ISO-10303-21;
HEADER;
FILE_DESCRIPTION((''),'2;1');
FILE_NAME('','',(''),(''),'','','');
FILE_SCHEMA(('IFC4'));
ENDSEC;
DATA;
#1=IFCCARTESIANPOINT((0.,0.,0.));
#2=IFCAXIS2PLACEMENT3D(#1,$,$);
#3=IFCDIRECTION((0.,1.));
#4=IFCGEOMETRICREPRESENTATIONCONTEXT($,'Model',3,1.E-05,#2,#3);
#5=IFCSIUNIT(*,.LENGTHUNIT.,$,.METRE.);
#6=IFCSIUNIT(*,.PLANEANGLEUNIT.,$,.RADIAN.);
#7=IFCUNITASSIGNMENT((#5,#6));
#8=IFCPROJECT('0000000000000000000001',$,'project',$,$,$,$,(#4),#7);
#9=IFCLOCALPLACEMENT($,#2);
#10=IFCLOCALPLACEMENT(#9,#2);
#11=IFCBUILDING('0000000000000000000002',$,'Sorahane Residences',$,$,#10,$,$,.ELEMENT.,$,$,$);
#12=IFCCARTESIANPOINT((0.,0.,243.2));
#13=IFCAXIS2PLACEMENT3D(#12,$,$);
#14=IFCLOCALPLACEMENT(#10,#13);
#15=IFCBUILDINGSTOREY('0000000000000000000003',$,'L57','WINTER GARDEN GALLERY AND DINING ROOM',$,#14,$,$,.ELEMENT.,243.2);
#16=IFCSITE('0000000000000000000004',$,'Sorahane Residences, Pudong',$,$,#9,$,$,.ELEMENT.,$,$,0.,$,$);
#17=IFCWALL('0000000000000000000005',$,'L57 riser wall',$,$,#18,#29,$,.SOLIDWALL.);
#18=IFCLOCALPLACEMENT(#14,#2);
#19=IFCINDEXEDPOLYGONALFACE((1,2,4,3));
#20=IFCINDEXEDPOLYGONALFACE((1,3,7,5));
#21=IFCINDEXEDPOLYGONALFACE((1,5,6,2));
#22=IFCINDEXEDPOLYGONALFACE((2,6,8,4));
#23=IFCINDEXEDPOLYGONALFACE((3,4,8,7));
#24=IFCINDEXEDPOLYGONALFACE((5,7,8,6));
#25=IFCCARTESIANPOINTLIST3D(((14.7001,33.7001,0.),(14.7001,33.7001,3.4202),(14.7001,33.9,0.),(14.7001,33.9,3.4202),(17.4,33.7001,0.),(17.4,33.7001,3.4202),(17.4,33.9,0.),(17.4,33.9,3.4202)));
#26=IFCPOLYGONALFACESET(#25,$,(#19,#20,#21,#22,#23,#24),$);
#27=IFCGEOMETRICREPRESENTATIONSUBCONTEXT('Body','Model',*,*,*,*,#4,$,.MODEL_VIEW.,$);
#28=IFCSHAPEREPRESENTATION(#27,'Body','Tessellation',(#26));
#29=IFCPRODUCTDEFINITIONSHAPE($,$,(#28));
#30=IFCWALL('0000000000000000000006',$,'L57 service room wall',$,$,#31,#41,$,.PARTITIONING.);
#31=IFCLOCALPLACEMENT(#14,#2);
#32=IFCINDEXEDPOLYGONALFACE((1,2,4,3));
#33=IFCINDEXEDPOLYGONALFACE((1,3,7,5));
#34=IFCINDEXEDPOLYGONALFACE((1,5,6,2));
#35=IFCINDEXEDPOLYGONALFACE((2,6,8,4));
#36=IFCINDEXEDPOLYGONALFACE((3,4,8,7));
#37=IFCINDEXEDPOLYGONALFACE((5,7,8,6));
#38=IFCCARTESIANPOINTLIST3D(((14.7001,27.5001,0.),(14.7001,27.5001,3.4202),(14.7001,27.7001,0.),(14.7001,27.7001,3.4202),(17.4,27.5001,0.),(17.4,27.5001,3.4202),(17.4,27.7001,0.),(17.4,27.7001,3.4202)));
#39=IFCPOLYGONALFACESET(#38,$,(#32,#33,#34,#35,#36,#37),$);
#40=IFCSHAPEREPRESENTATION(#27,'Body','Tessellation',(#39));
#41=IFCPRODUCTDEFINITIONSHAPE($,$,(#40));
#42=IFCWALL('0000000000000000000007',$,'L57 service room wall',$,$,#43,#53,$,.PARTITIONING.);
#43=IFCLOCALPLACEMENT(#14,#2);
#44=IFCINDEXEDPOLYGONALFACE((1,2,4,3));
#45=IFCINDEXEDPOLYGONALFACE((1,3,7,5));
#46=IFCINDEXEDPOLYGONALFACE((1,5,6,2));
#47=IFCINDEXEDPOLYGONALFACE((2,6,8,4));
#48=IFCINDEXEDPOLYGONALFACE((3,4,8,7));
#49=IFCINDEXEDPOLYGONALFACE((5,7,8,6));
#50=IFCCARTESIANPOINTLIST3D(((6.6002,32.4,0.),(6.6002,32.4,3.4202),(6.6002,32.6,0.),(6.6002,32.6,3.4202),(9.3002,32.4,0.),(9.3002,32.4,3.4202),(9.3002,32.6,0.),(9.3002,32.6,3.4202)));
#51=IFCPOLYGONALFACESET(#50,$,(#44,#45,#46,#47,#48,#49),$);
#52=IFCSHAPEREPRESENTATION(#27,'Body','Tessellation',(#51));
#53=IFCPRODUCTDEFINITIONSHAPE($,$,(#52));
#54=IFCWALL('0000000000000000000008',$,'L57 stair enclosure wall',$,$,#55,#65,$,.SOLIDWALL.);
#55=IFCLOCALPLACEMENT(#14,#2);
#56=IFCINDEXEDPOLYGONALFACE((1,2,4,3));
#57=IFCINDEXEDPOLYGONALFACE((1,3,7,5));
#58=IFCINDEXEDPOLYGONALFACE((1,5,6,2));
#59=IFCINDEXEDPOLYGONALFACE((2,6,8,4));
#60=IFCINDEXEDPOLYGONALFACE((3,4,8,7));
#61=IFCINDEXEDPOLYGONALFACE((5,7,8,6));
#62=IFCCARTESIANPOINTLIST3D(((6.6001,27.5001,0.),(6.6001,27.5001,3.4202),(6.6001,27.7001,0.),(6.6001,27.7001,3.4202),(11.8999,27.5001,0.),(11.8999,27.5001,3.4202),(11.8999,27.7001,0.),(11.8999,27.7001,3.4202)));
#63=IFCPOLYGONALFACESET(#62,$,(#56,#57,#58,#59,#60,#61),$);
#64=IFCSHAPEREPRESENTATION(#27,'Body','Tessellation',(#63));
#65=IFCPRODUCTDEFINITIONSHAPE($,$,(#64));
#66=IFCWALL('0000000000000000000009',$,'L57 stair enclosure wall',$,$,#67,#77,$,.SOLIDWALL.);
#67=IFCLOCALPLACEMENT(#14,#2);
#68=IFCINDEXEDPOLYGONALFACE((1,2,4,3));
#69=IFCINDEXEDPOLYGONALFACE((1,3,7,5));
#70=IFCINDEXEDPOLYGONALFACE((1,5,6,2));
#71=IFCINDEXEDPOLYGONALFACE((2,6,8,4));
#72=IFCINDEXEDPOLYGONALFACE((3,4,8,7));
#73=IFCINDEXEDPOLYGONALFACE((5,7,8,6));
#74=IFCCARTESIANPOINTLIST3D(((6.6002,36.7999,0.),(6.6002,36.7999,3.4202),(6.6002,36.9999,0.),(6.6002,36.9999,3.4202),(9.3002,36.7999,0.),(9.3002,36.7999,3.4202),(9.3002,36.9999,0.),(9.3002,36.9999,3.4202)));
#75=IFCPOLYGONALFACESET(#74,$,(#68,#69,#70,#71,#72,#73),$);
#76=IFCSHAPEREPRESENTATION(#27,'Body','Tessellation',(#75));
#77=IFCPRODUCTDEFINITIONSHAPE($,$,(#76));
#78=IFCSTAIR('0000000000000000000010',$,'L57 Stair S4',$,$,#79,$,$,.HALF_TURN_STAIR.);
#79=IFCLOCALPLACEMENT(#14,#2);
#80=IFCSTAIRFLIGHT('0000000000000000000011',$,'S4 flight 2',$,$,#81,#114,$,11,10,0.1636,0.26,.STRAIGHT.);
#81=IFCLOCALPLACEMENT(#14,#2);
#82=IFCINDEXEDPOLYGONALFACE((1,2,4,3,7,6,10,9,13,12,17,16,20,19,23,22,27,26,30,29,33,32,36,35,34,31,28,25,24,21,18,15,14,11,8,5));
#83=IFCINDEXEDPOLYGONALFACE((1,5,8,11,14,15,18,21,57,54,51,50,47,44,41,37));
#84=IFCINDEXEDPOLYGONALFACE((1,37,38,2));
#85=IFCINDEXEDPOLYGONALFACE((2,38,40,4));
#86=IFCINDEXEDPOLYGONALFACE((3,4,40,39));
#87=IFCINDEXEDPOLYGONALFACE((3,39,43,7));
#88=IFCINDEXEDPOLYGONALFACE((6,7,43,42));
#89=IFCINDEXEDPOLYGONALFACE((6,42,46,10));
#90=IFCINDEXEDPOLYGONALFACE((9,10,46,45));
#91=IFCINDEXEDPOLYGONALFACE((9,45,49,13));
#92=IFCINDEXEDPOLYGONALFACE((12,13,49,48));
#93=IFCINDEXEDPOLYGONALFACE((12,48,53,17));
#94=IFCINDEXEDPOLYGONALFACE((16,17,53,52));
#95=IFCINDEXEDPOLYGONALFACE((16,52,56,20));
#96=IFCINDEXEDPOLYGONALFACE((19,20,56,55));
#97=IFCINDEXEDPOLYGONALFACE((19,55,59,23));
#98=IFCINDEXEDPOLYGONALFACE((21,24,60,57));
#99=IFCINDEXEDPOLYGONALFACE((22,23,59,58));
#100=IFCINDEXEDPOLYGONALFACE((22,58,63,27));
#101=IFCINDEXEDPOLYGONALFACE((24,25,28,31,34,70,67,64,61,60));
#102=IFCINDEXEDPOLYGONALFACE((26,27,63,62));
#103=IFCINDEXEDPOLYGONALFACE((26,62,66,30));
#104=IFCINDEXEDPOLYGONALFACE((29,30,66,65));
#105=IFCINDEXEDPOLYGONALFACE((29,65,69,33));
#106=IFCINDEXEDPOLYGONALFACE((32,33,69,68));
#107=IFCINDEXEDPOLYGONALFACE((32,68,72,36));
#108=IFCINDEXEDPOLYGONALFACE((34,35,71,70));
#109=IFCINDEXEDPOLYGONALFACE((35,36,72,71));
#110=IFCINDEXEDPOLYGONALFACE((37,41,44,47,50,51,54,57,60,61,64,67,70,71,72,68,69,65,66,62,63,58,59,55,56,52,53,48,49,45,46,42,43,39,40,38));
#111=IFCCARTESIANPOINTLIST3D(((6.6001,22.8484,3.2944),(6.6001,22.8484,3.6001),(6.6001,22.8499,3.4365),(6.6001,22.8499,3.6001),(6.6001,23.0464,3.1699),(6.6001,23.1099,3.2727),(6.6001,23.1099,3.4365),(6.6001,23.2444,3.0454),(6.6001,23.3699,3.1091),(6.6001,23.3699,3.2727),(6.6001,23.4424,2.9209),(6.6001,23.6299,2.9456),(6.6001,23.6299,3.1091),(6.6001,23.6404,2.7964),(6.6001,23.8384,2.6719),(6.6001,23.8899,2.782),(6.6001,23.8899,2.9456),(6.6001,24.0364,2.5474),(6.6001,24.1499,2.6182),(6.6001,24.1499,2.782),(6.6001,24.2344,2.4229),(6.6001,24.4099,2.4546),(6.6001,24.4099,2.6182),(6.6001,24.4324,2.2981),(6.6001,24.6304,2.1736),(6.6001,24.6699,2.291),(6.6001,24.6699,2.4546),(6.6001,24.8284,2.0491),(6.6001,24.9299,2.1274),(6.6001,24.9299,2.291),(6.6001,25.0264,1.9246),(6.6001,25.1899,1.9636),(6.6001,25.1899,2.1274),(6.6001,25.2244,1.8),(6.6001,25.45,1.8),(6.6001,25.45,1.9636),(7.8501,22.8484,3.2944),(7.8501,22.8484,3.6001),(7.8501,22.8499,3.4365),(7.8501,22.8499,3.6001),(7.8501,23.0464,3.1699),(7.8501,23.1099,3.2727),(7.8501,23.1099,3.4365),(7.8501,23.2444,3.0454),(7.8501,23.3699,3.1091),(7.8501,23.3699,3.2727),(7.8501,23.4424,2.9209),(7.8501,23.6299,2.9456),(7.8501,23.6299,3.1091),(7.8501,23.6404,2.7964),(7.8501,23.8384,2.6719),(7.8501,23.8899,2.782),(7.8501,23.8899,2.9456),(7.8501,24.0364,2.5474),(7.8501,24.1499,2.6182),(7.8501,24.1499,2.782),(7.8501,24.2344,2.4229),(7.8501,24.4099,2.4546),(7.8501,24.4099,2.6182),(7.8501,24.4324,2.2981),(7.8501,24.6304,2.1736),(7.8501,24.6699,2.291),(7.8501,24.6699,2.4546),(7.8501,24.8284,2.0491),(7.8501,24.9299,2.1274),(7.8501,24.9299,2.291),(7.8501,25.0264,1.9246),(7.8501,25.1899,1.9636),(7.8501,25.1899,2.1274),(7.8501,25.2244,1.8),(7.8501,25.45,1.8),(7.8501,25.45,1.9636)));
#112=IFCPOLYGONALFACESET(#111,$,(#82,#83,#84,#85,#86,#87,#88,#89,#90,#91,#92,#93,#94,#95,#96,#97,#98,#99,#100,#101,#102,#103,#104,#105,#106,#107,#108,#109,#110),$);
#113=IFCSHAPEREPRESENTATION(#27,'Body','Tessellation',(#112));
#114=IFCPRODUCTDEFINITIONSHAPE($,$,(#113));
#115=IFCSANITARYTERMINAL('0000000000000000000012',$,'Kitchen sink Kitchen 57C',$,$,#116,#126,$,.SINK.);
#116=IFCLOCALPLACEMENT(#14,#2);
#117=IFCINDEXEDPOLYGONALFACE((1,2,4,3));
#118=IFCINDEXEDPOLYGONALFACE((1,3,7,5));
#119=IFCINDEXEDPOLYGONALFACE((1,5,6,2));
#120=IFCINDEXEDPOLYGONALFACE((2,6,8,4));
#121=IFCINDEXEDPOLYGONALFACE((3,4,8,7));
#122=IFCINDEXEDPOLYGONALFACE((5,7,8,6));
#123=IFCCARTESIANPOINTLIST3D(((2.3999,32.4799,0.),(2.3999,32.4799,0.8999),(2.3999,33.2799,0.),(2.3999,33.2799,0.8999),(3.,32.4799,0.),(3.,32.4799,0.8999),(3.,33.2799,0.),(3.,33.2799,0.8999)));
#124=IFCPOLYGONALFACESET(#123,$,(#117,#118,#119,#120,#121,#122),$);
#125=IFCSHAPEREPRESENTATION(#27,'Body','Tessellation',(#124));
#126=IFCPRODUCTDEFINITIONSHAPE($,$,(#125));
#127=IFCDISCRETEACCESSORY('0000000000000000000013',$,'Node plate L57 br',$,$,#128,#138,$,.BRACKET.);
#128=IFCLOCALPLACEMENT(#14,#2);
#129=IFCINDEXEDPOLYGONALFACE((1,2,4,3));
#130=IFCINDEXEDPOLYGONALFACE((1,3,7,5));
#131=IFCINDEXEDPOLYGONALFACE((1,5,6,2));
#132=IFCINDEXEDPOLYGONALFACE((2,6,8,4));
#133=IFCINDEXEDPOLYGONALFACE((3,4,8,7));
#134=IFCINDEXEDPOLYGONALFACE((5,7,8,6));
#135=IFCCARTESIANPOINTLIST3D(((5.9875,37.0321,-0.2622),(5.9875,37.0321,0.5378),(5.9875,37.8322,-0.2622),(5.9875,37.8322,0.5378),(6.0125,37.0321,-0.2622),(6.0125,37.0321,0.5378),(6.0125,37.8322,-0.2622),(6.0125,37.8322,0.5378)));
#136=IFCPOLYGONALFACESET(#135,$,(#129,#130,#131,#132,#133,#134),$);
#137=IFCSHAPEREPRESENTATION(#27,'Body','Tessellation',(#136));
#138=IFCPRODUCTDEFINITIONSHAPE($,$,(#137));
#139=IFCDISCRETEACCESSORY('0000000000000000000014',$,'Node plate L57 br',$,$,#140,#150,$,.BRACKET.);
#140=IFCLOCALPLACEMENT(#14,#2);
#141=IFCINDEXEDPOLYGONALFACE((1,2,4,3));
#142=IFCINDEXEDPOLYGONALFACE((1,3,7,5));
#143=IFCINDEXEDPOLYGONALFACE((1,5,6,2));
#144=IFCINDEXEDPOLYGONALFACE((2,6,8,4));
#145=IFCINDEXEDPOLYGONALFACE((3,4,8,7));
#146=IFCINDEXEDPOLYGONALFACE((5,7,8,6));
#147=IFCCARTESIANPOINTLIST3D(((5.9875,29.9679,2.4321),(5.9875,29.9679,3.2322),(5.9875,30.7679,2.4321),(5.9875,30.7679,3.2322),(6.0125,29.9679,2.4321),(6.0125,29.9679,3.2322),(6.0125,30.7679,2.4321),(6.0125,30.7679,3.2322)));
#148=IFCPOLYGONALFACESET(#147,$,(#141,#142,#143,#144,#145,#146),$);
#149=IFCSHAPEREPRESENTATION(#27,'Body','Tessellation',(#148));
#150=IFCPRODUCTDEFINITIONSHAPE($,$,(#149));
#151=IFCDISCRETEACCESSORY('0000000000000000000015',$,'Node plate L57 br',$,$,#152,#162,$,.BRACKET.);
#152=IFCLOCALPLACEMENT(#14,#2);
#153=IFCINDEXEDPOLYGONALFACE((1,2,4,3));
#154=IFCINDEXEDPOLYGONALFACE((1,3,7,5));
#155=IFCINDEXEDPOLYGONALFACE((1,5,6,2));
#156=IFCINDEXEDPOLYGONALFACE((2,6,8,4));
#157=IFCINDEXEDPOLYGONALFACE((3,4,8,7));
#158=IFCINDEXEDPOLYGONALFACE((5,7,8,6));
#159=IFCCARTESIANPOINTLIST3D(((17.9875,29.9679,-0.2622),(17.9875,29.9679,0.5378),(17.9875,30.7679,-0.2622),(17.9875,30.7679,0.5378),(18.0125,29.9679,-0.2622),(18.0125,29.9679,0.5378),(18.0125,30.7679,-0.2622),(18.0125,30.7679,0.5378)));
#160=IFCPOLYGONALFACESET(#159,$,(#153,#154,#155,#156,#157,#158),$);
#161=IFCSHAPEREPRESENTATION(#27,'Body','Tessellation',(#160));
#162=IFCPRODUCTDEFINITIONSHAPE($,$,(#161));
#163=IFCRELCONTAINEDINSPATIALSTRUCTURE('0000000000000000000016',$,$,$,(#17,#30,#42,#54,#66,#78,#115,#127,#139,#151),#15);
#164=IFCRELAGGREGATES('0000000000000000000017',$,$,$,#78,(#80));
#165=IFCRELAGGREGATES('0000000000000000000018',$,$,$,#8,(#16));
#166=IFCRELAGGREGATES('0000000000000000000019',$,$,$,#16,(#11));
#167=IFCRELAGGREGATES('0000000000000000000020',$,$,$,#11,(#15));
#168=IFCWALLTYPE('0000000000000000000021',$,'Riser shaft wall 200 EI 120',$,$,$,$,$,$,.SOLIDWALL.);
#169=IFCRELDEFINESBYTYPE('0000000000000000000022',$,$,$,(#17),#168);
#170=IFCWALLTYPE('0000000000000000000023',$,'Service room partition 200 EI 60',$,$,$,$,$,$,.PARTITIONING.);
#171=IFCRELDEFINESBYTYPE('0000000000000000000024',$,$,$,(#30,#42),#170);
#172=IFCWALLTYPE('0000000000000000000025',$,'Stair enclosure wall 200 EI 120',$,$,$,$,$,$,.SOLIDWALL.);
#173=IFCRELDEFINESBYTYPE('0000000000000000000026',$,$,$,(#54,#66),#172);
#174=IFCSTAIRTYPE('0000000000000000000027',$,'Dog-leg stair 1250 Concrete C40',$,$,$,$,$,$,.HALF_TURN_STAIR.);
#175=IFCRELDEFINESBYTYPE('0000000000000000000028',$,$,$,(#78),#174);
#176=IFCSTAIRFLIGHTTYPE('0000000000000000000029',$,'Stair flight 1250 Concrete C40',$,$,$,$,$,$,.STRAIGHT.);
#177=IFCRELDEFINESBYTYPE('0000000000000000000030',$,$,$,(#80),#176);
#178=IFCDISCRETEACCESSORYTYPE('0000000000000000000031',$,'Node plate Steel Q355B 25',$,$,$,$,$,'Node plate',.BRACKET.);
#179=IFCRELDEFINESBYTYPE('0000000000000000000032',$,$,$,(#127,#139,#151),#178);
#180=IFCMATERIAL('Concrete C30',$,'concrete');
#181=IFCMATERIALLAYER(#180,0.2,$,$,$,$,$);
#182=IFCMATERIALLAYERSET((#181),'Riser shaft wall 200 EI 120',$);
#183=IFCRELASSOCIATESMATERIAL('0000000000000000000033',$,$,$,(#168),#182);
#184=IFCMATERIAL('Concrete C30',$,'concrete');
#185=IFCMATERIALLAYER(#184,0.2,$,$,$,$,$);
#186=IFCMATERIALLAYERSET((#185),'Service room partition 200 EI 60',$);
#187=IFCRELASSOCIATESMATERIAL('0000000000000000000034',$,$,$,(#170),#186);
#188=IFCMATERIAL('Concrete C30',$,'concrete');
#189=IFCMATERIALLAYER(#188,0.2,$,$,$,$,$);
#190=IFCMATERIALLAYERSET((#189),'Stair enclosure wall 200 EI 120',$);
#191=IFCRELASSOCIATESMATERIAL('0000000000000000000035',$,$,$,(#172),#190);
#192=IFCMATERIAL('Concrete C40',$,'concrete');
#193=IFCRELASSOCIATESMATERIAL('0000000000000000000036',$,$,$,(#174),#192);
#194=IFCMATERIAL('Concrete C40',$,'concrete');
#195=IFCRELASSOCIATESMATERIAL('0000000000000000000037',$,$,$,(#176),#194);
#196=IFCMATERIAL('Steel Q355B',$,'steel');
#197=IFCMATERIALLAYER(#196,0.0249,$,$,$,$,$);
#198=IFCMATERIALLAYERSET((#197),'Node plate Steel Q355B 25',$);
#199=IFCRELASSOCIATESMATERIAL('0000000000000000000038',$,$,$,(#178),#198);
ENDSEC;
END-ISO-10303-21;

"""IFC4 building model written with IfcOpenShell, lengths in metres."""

from ifc_helpers import new_model, si_unit, direction, frame, frame_2d, origin, origin_2d, place, context, subcontext, project, spatial, polyline, rectangle, outline, extrude, material, layer, layer_set, type_object, element, aggregate, save


model = new_model("IFC4")

# Units and contexts
model_context = context("Model", 3, precision=1e-05, world=origin(), true_north=direction((0.0, 1.0)))
body_context = subcontext(model_context, "Body", "Model", "MODEL_VIEW")
ifc_project = project(units=[si_unit("LENGTHUNIT", "METRE"), si_unit("PLANEANGLEUNIT", "RADIAN")], contexts=[model_context])

# Site, building, storey
site_placement = place(None, origin())
site = spatial("IfcSite", under=ifc_project, at=site_placement, Name="Sorahane Residences, Pudong", CompositionType="ELEMENT", RefElevation=0.0)
building_placement = place(site_placement, origin())
building = spatial("IfcBuilding", under=site, at=building_placement, Name="Sorahane Residences", CompositionType="ELEMENT")
storey_placement = place(building_placement, frame((0.0, 0.0, 243.2)))
storey = spatial("IfcBuildingStorey", under=building, at=storey_placement, Name="L57", Description="WINTER GARDEN GALLERY AND DINING ROOM", CompositionType="ELEMENT", Elevation=243.2)

# Walls
ifc_material_1 = material(Name="Concrete C30", Category="concrete")
ifc_layer_1 = layer(ifc_material_1, 0.2)
ifc_layer_set_1 = layer_set([ifc_layer_1], Name="Riser shaft wall 200 EI 120")
wall_type_1 = type_object("IfcWallType", Name="Riser shaft wall 200 EI 120", PredefinedType="SOLIDWALL", material=ifc_layer_set_1)
wall_1_placement = place(storey_placement, frame((14.7, 33.8, 0.0), z_axis=(0.0, 0.0, 1.0), x_axis=(1.0, 0.0, 0.0)))
element("IfcWall", 1, at=wall_1_placement, inside=storey, type_object=wall_type_1, Name="L57 riser wall", PredefinedType="SOLIDWALL", context=body_context, shape_type="SweptSolid", body=[
    extrude(rectangle(XDim=2.7, YDim=0.2, at=frame_2d((1.3501, 0.0))), origin(), (0.0, 0.0, 1.0), 3.4202),
])
ifc_material_2 = material(Name="Concrete C30", Category="concrete")
ifc_layer_2 = layer(ifc_material_2, 0.2)
ifc_layer_set_2 = layer_set([ifc_layer_2], Name="Service room partition 200 EI 60")
wall_type_2 = type_object("IfcWallType", Name="Service room partition 200 EI 60", PredefinedType="PARTITIONING", material=ifc_layer_set_2)
for number, where, z_axis, x_axis, name in (
    (2, (14.7, 27.6001, 0.0), (0.0, 0.0, 1.0), (1.0, 0.0, 0.0), "L57 service room wall"),
    (3, (6.6001, 32.5, 0.0), (0.0, 0.0, 1.0), (1.0, 0.0, 0.0), "L57 service room wall"),
):
    element("IfcWall", number, at=place(storey_placement, frame(where, z_axis=z_axis, x_axis=x_axis)), inside=storey, type_object=wall_type_2, Name=name, PredefinedType="PARTITIONING", context=body_context, shape_type="SweptSolid", body=[
        extrude(rectangle(XDim=2.7, YDim=0.2, at=frame_2d((1.3501, 0.0))), origin(), (0.0, 0.0, 1.0), 3.4202),
    ])
ifc_material_3 = material(Name="Concrete C30", Category="concrete")
ifc_layer_3 = layer(ifc_material_3, 0.2)
ifc_layer_set_3 = layer_set([ifc_layer_3], Name="Stair enclosure wall 200 EI 120")
wall_type_3 = type_object("IfcWallType", Name="Stair enclosure wall 200 EI 120", PredefinedType="SOLIDWALL", material=ifc_layer_set_3)
wall_2_placement = place(storey_placement, frame((6.6001, 27.6001, 0.0), z_axis=(0.0, 0.0, 1.0), x_axis=(1.0, 0.0, 0.0)))
element("IfcWall", 4, at=wall_2_placement, inside=storey, type_object=wall_type_3, Name="L57 stair enclosure wall", PredefinedType="SOLIDWALL", context=body_context, shape_type="SweptSolid", body=[
    extrude(rectangle(XDim=5.2998, YDim=0.2, at=frame_2d((2.6499, 0.0))), origin(), (0.0, 0.0, 1.0), 3.4202),
])
wall_3_placement = place(storey_placement, frame((6.6001, 36.8999, 0.0), z_axis=(0.0, 0.0, 1.0), x_axis=(1.0, 0.0, 0.0)))
element("IfcWall", 5, at=wall_3_placement, inside=storey, type_object=wall_type_3, Name="L57 stair enclosure wall", PredefinedType="SOLIDWALL", context=body_context, shape_type="SweptSolid", body=[
    extrude(rectangle(XDim=2.7, YDim=0.2, at=frame_2d((1.3501, 0.0))), origin(), (0.0, 0.0, 1.0), 3.4202),
])

# Stair, stair flight
ifc_material_4 = material(Name="Concrete C40", Category="concrete")
stair_type = type_object("IfcStairType", Name="Dog-leg stair 1250 Concrete C40", PredefinedType="HALF_TURN_STAIR", material=ifc_material_4)
stair_placement = place(storey_placement, origin())
stair = element("IfcStair", 6, at=stair_placement, inside=storey, type_object=stair_type, Name="L57 Stair S4", PredefinedType="HALF_TURN_STAIR")
ifc_material_5 = material(Name="Concrete C40", Category="concrete")
stair_flight_type = type_object("IfcStairFlightType", Name="Stair flight 1250 Concrete C40", PredefinedType="STRAIGHT", material=ifc_material_5)
stair_flight_placement = place(storey_placement, frame((7.2251, 25.45, 1.8), z_axis=(0.0, 0.0, 1.0), x_axis=(0.0, -1.0, 0.0)))
stair_flight = element("IfcStairFlight", 7, at=stair_flight_placement, type_object=stair_flight_type, Name="S4 flight 2", NumberOfRisers=11, NumberOfTreads=10, PredefinedType="STRAIGHT", RiserHeight=0.1636, TreadLength=0.26, context=body_context, shape_type="SweptSolid", body=[
    extrude(outline(polyline([(0.0, 0.0), (0.0, 0.1636), (0.26, 0.1636), (0.26, 0.3274), (0.52, 0.3274), (0.52, 0.491), (0.78, 0.491), (0.78, 0.6545), (1.04, 0.6545), (1.04, 0.8181), (1.3, 0.8181), (1.3, 0.9819), (1.5601, 0.9819), (1.5601, 1.1455), (1.8201, 1.1455), (1.8201, 1.3091), (2.0801, 1.3091), (2.0801, 1.4727), (2.3401, 1.4727), (2.3401, 1.6365), (2.6001, 1.6365), (2.6001, 1.8), (2.6016, 1.8), (2.6016, 1.4944), (2.4036, 1.3699), (2.2056, 1.2454), (2.0076, 1.1208), (1.8096, 0.9963), (1.6116, 0.8718), (1.4136, 0.7473), (1.2156, 0.6228), (1.0176, 0.498), (0.8196, 0.3735), (0.6216, 0.249), (0.4236, 0.1245), (0.2256, 0.0), (0.0, 0.0)])), frame((0.0, 0.625, 0.0), z_axis=(0.0, -1.0, 0.0), x_axis=(1.0, 0.0, 0.0)), (0.0, 0.0, 1.0), 1.25),
])
aggregate(stair, [stair_flight])

# Sanitary terminal
sanitary_terminal_placement = place(storey_placement, frame((2.7, 32.8799, 0.0), z_axis=(0.0, 0.0, 1.0), x_axis=(0.0, -1.0, 0.0)))
element("IfcSanitaryTerminal", 8, at=sanitary_terminal_placement, inside=storey, Name="Kitchen sink Kitchen 57C", PredefinedType="SINK", context=body_context, shape_type="SweptSolid", body=[
    extrude(rectangle(XDim=0.8, YDim=0.6001, at=origin_2d()), origin(), (0.0, 0.0, 1.0), 0.8999),
])

# Discrete accessories
ifc_material_6 = material(Name="Steel Q355B", Category="steel")
ifc_layer_4 = layer(ifc_material_6, 0.0249)
ifc_layer_set_4 = layer_set([ifc_layer_4], Name="Node plate Steel Q355B 25")
discrete_accessory_type = type_object("IfcDiscreteAccessoryType", Name="Node plate Steel Q355B 25", ElementType="Node plate", PredefinedType="BRACKET", material=ifc_layer_set_4)
for number, where, z_axis, x_axis, name in (
    (9, (6.0, 37.4321, -0.2622), (0.0, 0.0, 1.0), (0.0, 1.0, 0.0), "Node plate L57 br"),
    (10, (6.0, 30.3679, 2.4321), (0.0, 0.0, 1.0), (0.0, 1.0, 0.0), "Node plate L57 br"),
    (11, (18.0, 30.3679, -0.2622), (0.0, 0.0, 1.0), (0.0, 1.0, 0.0), "Node plate L57 br"),
):
    element("IfcDiscreteAccessory", number, at=place(storey_placement, frame(where, z_axis=z_axis, x_axis=x_axis)), inside=storey, type_object=discrete_accessory_type, Name=name, PredefinedType="BRACKET", context=body_context, shape_type="SweptSolid", body=[
        extrude(rectangle(XDim=0.8, YDim=0.0249, at=origin_2d()), origin(), (0.0, 0.0, 1.0), 0.8),
    ])

save(model, "model.ifc")
